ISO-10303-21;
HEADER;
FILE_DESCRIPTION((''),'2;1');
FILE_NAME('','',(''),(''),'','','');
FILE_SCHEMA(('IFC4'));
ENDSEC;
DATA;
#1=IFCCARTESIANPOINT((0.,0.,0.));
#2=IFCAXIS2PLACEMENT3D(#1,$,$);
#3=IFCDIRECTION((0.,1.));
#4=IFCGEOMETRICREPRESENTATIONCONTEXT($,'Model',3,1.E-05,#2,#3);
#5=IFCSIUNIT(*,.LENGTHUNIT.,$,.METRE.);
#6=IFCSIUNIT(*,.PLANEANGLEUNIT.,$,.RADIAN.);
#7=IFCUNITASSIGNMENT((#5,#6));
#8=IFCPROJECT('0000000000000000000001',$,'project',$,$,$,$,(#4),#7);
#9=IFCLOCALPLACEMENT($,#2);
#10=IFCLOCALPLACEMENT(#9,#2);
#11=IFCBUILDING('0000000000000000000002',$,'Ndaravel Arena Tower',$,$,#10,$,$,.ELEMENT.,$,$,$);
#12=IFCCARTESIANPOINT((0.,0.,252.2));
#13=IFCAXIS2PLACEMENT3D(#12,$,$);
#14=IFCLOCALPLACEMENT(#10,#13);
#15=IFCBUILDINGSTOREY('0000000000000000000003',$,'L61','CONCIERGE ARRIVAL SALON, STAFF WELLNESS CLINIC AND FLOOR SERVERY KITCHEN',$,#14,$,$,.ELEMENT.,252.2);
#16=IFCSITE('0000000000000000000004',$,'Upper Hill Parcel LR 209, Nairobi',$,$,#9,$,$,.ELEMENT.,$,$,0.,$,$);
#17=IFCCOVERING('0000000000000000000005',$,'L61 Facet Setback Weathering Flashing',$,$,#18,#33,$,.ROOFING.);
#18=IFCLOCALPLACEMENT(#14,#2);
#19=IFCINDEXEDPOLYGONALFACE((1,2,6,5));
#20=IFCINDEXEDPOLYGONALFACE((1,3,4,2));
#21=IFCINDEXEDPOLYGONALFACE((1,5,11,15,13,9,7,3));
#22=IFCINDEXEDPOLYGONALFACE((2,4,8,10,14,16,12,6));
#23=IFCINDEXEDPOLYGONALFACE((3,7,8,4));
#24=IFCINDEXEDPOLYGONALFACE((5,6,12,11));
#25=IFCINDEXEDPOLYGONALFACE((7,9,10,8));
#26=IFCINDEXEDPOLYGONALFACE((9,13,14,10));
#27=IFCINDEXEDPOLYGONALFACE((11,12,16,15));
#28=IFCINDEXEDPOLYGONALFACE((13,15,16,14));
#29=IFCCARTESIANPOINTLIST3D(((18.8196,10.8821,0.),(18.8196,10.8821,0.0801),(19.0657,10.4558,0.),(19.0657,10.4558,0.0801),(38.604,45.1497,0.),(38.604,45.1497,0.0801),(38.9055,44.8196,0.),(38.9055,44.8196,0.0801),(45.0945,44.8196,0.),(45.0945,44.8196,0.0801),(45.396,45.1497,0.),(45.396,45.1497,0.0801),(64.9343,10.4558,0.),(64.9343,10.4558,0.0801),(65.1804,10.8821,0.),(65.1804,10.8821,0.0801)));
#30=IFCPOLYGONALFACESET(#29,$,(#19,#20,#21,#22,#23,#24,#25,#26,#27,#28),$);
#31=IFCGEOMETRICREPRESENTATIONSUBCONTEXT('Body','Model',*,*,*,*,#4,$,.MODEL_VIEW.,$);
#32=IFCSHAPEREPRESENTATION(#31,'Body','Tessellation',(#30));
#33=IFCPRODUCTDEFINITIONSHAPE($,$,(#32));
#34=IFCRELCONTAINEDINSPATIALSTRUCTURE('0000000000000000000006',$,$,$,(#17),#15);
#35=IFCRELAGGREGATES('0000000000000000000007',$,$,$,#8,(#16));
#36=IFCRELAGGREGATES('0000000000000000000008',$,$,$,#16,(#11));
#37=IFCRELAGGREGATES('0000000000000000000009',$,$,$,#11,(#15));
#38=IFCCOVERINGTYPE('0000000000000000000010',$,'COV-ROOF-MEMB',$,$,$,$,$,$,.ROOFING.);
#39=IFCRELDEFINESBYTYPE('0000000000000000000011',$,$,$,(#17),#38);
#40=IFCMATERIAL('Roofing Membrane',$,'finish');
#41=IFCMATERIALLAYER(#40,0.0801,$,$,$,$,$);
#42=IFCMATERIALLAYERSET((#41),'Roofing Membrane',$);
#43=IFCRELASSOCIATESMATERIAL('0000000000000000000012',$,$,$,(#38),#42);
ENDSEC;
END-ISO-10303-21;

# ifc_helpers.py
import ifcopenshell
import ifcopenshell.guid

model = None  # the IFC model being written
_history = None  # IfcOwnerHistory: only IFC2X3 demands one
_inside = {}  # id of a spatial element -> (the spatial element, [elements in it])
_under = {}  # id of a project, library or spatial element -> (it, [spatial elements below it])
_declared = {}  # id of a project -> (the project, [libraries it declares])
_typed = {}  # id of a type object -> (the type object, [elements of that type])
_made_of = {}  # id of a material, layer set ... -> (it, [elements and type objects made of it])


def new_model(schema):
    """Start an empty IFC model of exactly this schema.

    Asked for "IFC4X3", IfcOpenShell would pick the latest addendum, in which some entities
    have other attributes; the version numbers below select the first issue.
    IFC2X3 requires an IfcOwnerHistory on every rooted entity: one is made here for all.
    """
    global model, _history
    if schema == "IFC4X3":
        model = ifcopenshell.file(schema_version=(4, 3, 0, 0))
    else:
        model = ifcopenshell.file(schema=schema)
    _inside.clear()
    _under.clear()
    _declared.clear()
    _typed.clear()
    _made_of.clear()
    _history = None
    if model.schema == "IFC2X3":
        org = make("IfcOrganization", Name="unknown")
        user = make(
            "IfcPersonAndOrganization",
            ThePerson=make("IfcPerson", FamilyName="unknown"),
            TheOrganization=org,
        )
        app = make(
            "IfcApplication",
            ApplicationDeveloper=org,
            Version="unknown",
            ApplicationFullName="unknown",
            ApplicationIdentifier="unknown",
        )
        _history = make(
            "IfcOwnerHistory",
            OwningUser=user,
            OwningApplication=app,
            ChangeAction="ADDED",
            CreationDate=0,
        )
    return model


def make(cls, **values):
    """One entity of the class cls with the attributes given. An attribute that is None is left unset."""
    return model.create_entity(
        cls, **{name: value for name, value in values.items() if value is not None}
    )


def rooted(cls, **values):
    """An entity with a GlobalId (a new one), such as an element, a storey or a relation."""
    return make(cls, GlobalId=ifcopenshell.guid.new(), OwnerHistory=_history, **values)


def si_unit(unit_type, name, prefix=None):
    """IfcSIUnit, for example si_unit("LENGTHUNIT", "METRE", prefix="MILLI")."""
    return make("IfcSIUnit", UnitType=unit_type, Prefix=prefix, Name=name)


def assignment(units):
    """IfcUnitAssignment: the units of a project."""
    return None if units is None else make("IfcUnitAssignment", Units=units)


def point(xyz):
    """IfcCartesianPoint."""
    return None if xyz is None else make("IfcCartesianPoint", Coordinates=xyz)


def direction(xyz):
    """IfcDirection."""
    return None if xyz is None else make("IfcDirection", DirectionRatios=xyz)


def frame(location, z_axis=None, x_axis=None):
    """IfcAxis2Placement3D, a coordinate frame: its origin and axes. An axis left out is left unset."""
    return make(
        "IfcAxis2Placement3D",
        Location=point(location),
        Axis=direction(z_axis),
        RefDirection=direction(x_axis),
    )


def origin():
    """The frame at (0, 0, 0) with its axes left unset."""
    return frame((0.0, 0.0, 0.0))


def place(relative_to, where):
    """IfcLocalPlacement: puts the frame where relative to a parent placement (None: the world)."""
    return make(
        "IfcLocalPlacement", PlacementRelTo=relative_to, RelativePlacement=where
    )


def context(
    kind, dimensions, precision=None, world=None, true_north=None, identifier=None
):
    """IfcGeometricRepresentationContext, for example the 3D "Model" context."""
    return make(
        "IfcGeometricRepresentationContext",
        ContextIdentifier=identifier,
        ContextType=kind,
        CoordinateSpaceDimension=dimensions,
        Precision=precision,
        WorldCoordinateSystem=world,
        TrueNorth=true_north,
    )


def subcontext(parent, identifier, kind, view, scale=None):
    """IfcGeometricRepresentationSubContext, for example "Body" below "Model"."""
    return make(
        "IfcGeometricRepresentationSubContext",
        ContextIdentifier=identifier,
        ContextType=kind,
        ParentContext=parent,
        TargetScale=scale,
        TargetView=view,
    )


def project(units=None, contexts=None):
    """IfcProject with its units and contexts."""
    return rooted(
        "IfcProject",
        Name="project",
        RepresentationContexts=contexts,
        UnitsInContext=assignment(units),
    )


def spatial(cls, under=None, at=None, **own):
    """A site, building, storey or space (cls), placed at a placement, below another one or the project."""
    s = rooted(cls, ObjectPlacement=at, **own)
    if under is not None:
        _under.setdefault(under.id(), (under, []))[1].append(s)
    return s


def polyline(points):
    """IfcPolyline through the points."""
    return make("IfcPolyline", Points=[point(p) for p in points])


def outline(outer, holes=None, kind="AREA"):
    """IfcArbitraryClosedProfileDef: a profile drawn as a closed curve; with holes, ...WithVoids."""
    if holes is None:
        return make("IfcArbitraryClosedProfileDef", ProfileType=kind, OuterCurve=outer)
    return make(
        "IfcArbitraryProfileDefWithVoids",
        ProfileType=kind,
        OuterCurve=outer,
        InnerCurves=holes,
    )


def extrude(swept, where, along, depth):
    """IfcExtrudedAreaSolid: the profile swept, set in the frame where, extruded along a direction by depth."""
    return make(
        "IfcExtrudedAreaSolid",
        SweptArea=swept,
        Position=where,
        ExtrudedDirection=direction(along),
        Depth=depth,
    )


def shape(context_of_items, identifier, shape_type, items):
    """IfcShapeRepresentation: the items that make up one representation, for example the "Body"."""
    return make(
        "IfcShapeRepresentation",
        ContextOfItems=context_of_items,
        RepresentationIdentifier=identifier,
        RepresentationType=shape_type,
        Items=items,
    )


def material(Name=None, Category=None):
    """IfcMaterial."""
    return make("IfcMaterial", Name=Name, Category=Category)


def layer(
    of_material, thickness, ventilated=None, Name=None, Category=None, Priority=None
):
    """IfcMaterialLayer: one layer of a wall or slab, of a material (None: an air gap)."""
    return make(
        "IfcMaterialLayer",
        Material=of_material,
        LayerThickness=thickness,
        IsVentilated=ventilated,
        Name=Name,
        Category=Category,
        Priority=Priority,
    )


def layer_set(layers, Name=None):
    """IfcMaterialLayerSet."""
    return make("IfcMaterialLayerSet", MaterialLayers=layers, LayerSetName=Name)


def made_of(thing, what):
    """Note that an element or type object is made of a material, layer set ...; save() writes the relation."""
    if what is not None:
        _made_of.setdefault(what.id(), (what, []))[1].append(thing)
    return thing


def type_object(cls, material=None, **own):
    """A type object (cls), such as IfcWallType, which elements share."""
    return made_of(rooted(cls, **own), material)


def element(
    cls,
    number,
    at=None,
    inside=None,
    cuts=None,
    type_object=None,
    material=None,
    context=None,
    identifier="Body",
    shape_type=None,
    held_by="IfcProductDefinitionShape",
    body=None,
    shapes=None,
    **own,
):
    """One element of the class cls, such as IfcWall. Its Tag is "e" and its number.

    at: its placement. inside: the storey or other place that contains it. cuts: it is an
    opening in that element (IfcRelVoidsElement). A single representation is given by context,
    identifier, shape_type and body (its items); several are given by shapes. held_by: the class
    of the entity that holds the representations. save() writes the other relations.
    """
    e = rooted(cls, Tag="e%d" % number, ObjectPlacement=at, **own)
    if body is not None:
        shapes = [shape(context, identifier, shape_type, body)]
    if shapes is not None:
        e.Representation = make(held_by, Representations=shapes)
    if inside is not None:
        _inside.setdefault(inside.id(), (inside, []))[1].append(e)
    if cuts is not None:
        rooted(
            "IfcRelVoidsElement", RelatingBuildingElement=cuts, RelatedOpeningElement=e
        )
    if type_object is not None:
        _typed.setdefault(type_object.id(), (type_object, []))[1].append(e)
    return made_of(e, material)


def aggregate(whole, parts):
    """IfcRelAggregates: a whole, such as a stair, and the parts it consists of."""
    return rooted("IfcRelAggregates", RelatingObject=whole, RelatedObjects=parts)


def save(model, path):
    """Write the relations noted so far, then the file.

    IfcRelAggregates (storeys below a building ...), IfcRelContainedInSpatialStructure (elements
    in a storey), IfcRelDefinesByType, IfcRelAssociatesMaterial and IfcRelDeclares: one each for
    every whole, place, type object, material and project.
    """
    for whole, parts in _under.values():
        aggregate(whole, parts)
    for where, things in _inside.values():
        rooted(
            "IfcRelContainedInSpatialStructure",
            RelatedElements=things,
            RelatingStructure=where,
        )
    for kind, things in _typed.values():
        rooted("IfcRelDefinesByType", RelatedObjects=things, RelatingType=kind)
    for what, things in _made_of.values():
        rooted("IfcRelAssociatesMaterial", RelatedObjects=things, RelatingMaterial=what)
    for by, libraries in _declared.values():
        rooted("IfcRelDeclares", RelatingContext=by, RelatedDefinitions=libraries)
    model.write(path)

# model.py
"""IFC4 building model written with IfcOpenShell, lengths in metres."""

from ifc_helpers import new_model, si_unit, direction, frame, origin, place, context, subcontext, project, spatial, polyline, outline, extrude, material, layer, layer_set, type_object, element, save


model = new_model("IFC4")

# Units and contexts
model_context = context("Model", 3, precision=1e-05, world=origin(), true_north=direction((0.0, 1.0)))
body_context = subcontext(model_context, "Body", "Model", "MODEL_VIEW")
ifc_project = project(units=[si_unit("LENGTHUNIT", "METRE"), si_unit("PLANEANGLEUNIT", "RADIAN")], contexts=[model_context])

# Site, building, storey
site_placement = place(None, origin())
site = spatial("IfcSite", under=ifc_project, at=site_placement, Name="Upper Hill Parcel LR 209, Nairobi", CompositionType="ELEMENT", RefElevation=0.0)
building_placement = place(site_placement, origin())
building = spatial("IfcBuilding", under=site, at=building_placement, Name="Ndaravel Arena Tower", CompositionType="ELEMENT")
storey_placement = place(building_placement, frame((0.0, 0.0, 252.2)))
storey = spatial("IfcBuildingStorey", under=building, at=storey_placement, Name="L61", Description="CONCIERGE ARRIVAL SALON, STAFF WELLNESS CLINIC AND FLOOR SERVERY KITCHEN", CompositionType="ELEMENT", Elevation=252.2)

# Covering
ifc_material_1 = material(Name="Roofing Membrane", Category="finish")
ifc_layer_1 = layer(ifc_material_1, 0.0801)
ifc_layer_set_1 = layer_set([ifc_layer_1], Name="Roofing Membrane")
covering_type_1 = type_object("IfcCoveringType", Name="COV-ROOF-MEMB", PredefinedType="ROOFING", material=ifc_layer_set_1)
covering_1_placement = place(storey_placement, origin())
element("IfcCovering", 1, at=covering_1_placement, inside=storey, type_object=covering_type_1, Name="L61 Facet Setback Weathering Flashing", PredefinedType="ROOFING", context=body_context, shape_type="SweptSolid", body=[
    extrude(outline(polyline([(18.8196, 10.8821), (38.604, 45.1497), (45.396, 45.1497), (65.1804, 10.8821), (64.9343, 10.4558), (45.0945, 44.8196), (38.9055, 44.8196), (19.0657, 10.4558), (18.8196, 10.8821)])), origin(), (0.0, 0.0, 1.0), 0.0801),
])

save(model, "model.ifc")
